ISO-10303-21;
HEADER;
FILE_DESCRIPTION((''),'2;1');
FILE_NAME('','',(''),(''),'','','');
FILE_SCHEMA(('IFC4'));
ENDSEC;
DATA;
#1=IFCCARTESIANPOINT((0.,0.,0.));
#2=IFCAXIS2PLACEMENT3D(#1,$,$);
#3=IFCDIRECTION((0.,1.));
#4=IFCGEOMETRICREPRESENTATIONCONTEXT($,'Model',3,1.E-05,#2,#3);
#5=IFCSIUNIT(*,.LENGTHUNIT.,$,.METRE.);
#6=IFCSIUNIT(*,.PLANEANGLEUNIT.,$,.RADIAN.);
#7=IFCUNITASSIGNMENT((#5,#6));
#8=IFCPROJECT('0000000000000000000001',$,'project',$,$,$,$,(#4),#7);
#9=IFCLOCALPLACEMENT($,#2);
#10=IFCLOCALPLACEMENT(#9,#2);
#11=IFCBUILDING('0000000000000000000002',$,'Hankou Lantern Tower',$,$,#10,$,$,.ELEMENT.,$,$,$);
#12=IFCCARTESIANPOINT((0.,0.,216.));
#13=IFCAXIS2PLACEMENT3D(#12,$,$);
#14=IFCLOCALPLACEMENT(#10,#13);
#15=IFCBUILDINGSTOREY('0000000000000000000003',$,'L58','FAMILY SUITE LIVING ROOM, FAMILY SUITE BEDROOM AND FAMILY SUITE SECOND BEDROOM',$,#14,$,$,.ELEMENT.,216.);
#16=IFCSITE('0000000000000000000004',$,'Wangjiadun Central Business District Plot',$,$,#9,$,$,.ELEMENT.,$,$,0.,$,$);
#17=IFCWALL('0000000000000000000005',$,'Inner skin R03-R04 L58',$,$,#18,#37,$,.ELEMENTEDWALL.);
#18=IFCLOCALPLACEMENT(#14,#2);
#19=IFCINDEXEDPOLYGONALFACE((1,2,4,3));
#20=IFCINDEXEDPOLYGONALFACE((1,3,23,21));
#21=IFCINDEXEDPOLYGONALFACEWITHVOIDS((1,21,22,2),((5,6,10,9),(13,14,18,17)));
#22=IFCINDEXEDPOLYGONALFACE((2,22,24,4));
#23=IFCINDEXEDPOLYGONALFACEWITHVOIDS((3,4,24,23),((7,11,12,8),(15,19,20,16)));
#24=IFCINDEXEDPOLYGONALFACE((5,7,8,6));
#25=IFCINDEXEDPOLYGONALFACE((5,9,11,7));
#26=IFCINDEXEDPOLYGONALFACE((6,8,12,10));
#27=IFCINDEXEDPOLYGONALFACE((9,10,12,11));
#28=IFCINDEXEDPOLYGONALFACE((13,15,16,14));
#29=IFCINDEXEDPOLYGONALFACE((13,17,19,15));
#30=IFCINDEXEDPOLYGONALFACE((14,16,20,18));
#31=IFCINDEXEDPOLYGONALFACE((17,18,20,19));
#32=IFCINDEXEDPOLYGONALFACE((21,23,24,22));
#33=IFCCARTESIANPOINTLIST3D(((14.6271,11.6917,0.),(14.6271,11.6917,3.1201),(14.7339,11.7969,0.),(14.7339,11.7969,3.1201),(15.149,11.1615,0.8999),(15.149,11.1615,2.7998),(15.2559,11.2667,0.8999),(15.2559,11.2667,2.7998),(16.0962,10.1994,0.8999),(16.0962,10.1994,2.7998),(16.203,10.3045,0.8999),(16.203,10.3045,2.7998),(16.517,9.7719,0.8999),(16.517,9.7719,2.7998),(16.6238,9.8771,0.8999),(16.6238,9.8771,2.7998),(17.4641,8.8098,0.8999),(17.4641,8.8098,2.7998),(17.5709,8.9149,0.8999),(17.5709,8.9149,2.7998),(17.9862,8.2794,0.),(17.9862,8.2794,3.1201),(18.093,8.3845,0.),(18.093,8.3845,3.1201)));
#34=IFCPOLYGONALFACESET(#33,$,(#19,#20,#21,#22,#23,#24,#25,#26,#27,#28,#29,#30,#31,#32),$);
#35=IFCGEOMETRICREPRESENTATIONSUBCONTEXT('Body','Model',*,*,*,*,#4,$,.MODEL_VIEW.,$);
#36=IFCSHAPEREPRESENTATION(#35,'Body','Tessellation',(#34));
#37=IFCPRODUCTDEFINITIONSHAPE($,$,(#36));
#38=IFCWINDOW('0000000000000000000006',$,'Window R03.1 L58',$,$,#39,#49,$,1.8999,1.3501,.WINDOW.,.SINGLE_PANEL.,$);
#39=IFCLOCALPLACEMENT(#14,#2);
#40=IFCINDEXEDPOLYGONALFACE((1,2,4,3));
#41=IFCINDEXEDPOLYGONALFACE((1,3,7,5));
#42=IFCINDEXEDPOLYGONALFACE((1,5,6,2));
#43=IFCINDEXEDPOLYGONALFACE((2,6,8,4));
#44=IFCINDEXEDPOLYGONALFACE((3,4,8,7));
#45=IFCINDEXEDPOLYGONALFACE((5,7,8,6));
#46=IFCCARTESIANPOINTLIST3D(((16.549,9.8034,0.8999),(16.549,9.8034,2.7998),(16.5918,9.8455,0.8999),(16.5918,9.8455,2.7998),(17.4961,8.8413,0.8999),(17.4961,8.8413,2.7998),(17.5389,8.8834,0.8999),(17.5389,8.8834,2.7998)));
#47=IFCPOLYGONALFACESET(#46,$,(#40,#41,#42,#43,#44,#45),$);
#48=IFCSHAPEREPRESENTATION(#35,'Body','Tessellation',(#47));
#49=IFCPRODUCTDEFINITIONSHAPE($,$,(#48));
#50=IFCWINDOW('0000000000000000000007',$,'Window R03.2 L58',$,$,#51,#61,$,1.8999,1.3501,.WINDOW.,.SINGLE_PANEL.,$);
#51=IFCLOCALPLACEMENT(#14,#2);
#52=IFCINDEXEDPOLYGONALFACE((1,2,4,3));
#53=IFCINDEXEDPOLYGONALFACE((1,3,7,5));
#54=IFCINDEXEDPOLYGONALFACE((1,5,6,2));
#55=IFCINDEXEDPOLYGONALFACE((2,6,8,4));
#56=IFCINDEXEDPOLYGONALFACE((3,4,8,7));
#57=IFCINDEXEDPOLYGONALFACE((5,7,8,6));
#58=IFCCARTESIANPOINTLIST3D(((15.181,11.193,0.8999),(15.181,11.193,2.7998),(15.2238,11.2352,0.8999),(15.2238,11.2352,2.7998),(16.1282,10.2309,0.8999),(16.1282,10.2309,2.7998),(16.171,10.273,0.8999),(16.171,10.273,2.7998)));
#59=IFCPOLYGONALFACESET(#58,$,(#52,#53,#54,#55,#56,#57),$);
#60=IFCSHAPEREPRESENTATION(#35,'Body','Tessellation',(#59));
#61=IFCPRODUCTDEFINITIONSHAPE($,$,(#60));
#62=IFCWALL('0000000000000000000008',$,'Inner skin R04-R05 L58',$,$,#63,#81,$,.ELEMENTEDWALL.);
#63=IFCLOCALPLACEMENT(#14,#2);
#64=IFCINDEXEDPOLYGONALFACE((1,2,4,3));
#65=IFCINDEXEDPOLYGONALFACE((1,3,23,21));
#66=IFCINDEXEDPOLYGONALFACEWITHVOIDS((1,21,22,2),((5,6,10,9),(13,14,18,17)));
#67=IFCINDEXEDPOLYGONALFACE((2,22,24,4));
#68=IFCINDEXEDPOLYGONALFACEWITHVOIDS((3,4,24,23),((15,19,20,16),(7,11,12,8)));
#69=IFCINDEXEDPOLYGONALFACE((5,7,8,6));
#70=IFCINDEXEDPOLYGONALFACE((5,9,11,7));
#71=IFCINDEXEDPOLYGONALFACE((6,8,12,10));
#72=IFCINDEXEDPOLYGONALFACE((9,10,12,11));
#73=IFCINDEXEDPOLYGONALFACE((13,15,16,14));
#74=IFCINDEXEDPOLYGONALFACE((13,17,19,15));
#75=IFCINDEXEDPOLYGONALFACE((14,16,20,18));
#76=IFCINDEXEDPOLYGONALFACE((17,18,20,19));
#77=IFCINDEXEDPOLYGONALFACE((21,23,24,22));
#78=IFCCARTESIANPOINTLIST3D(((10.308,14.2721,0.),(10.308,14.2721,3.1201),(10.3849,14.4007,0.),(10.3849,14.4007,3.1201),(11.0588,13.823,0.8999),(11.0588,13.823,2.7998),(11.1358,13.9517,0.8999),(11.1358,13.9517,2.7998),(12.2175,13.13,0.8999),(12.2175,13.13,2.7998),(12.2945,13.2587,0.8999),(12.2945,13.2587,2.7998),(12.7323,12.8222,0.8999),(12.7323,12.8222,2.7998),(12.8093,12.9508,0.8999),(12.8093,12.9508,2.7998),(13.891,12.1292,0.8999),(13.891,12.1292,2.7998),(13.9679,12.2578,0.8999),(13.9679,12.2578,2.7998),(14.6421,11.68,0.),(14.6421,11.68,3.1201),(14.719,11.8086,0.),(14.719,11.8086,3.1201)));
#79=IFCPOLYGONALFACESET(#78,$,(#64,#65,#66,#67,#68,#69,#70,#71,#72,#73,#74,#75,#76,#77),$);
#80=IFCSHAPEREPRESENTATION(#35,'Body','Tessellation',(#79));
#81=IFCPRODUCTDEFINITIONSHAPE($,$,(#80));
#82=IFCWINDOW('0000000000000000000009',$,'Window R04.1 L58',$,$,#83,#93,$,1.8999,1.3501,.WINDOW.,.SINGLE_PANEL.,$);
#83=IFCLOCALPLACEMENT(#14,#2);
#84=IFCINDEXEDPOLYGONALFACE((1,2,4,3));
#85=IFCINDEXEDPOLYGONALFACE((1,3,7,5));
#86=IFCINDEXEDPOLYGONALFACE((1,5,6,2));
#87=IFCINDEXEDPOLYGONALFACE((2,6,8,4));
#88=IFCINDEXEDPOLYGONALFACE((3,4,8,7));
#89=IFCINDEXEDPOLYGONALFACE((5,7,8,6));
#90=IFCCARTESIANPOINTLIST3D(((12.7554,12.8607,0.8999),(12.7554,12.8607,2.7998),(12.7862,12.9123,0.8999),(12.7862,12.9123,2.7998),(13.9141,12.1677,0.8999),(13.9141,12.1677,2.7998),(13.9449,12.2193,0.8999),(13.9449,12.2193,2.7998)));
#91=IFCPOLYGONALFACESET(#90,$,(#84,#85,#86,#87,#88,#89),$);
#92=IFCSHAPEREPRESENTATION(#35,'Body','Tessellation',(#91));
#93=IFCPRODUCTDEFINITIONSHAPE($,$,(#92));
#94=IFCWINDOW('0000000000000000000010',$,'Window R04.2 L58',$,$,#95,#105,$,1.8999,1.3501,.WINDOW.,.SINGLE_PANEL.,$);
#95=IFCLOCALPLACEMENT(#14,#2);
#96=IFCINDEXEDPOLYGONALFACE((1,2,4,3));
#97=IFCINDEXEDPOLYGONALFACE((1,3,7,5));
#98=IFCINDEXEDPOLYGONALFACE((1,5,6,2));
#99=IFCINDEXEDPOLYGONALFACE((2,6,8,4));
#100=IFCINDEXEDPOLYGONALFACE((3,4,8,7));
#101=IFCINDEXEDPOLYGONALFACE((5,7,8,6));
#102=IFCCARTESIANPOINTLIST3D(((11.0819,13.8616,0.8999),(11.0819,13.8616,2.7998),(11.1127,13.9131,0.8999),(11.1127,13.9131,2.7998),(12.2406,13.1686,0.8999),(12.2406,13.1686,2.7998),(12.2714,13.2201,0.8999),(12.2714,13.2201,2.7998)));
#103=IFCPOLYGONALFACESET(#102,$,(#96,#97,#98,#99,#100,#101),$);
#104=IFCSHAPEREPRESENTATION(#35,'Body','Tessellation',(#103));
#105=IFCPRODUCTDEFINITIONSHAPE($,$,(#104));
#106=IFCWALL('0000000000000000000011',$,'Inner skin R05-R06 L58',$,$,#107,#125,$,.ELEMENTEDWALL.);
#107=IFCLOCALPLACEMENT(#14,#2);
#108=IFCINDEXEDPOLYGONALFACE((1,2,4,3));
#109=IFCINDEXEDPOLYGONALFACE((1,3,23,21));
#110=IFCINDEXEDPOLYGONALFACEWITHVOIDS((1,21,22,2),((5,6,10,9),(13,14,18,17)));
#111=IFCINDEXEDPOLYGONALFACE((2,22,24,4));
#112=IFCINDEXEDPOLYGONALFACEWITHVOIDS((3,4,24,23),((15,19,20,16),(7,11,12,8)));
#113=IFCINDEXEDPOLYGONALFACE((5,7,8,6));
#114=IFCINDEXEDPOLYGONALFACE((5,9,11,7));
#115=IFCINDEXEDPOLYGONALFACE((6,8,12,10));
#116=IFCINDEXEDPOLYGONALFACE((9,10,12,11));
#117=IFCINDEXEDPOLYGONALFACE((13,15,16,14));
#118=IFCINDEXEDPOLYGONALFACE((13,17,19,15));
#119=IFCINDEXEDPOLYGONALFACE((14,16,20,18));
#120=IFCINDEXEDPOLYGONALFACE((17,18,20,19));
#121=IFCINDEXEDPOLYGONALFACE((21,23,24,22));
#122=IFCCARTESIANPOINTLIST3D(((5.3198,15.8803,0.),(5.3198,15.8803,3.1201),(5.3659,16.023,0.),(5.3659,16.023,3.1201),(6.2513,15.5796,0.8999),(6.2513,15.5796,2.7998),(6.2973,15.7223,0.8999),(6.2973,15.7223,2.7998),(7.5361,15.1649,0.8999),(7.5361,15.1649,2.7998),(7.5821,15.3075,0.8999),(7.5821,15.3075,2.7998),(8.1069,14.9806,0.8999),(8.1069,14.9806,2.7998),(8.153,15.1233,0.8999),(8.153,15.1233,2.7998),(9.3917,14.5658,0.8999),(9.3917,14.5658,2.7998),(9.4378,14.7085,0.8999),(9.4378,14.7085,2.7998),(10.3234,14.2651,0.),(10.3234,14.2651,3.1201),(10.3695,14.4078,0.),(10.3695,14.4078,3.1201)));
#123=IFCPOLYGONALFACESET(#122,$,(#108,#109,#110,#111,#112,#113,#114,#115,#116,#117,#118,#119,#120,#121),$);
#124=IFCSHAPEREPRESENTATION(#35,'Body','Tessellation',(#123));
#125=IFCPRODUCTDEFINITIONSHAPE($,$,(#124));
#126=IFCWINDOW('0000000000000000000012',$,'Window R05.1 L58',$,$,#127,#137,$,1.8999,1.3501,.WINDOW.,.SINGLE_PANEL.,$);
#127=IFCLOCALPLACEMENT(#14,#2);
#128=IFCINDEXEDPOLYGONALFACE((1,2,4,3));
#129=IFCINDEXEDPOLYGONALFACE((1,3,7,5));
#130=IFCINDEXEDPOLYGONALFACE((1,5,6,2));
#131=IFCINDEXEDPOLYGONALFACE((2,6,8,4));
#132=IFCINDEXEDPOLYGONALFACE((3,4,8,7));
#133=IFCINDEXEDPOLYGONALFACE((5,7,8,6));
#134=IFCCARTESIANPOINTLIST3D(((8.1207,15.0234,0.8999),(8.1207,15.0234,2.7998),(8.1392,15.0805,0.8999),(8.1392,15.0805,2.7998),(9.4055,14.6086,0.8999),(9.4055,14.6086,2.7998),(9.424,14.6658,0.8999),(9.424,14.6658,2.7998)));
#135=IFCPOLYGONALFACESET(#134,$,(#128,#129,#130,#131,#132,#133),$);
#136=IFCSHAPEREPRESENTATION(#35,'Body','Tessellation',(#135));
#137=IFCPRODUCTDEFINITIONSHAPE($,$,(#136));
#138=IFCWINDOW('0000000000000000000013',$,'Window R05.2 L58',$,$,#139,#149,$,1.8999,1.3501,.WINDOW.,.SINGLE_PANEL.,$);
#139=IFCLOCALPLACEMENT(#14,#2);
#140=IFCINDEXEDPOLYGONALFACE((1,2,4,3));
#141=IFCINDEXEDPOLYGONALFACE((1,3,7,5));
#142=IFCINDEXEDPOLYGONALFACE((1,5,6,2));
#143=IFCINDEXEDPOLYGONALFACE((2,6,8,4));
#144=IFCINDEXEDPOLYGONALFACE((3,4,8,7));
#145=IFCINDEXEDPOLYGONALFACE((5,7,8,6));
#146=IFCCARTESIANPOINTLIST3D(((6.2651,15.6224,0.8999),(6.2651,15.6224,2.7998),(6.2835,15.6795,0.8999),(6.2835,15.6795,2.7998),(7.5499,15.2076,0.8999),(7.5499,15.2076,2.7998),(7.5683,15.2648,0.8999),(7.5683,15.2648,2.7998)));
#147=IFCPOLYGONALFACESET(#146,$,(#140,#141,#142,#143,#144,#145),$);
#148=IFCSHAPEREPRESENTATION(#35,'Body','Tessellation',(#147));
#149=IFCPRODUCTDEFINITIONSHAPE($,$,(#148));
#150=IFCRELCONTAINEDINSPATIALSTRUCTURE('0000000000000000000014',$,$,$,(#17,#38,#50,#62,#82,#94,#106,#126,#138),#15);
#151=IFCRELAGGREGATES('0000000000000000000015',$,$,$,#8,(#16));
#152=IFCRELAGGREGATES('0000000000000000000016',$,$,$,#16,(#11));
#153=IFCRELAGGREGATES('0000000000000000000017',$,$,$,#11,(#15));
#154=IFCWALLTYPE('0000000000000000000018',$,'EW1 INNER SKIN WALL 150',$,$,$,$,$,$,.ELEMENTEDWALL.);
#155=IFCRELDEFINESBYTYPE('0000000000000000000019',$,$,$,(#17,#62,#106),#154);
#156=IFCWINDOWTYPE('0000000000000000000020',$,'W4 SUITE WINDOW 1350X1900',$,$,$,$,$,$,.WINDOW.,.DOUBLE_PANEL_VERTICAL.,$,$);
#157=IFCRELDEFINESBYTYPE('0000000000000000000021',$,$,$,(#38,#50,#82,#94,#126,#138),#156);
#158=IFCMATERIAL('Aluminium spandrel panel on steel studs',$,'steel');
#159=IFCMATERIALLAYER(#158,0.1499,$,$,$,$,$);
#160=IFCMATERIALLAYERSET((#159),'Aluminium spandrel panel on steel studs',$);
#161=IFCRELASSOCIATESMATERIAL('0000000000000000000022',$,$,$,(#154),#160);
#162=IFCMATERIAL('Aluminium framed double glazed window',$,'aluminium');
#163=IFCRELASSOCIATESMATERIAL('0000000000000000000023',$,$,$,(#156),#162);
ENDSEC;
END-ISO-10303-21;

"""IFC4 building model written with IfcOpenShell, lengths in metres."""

from ifc_helpers import new_model, si_unit, direction, frame, frame_2d, origin, place, context, subcontext, project, spatial, rectangle, extrude, material, layer, layer_set, type_object, element, fill, save


model = new_model("IFC4")

# Units and contexts
model_context = context("Model", 3, precision=1e-05, world=origin(), true_north=direction((0.0, 1.0)))
body_context = subcontext(model_context, "Body", "Model", "MODEL_VIEW")
ifc_project = project(units=[si_unit("LENGTHUNIT", "METRE"), si_unit("PLANEANGLEUNIT", "RADIAN")], contexts=[model_context])

# Site, building, storey
site_placement = place(None, origin())
site = spatial("IfcSite", under=ifc_project, at=site_placement, Name="Wangjiadun Central Business District Plot", CompositionType="ELEMENT", RefElevation=0.0)
building_placement = place(site_placement, origin())
building = spatial("IfcBuilding", under=site, at=building_placement, Name="Hankou Lantern Tower", CompositionType="ELEMENT")
storey_placement = place(building_placement, frame((0.0, 0.0, 216.0)))
storey = spatial("IfcBuildingStorey", under=building, at=storey_placement, Name="L58", Description="FAMILY SUITE LIVING ROOM, FAMILY SUITE BEDROOM AND FAMILY SUITE SECOND BEDROOM", CompositionType="ELEMENT", Elevation=216.0)

# Walls, openings, windows
ifc_material_1 = material(Name="Aluminium spandrel panel on steel studs", Category="steel")
ifc_layer_1 = layer(ifc_material_1, 0.1499)
ifc_layer_set_1 = layer_set([ifc_layer_1], Name="Aluminium spandrel panel on steel studs")
wall_type_1 = type_object("IfcWallType", Name="EW1 INNER SKIN WALL 150", PredefinedType="ELEMENTEDWALL", material=ifc_layer_set_1)
wall_1_placement = place(storey_placement, frame((18.0396, 8.332, 0.0), z_axis=(0.0, 0.0, 1.0), x_axis=(-0.701527, 0.712643, 0.0)))
wall_1 = element("IfcWall", 1, at=wall_1_placement, inside=storey, type_object=wall_type_1, Name="Inner skin R03-R04 L58", PredefinedType="ELEMENTEDWALL", context=body_context, shape_type="SweptSolid", body=[
    extrude(rectangle(XDim=4.7883, YDim=0.1499, at=frame_2d((2.394, 0.0))), origin(), (0.0, 0.0, 1.0), 3.1201),
])
opening_1_placement = place(wall_1_placement, frame((0.7441, 0.0, 0.8999)))
opening_1 = element("IfcOpeningElement", 2, at=opening_1_placement, cuts=wall_1, PredefinedType="OPENING", context=body_context, shape_type="SweptSolid", body=[
    extrude(rectangle(XDim=1.3501, YDim=1.8999, at=frame_2d((0.675, 0.95))), frame((0.0, 0.085, 0.0), z_axis=(0.0, -1.0, 0.0), x_axis=(1.0, 0.0, 0.0)), (0.0, 0.0, 1.0), 0.1699),
])
opening_2_placement = place(wall_1_placement, frame((2.6941, 0.0, 0.8999)))
opening_2 = element("IfcOpeningElement", 3, at=opening_2_placement, cuts=wall_1, PredefinedType="OPENING", context=body_context, shape_type="SweptSolid", body=[
    extrude(rectangle(XDim=1.3501, YDim=1.8999, at=frame_2d((0.675, 0.95))), frame((0.0, 0.085, 0.0), z_axis=(0.0, -1.0, 0.0), x_axis=(1.0, 0.0, 0.0)), (0.0, 0.0, 1.0), 0.1699),
])
ifc_material_2 = material(Name="Aluminium framed double glazed window", Category="aluminium")
window_type = type_object("IfcWindowType", Name="W4 SUITE WINDOW 1350X1900", PartitioningType="DOUBLE_PANEL_VERTICAL", PredefinedType="WINDOW", material=ifc_material_2)
window_1_placement = place(opening_1_placement, origin())
window_1 = element("IfcWindow", 4, at=window_1_placement, inside=storey, type_object=window_type, Name="Window R03.1 L58", OverallHeight=1.8999, OverallWidth=1.3501, PartitioningType="SINGLE_PANEL", PredefinedType="WINDOW", context=body_context, shape_type="SweptSolid", body=[
    extrude(rectangle(XDim=1.3501, YDim=1.8999, at=frame_2d((0.675, 0.95))), frame((0.0, 0.03, 0.0), z_axis=(0.0, -1.0, 0.0), x_axis=(1.0, 0.0, 0.0)), (0.0, 0.0, 1.0), 0.0601),
])
fill(opening_1, window_1)
window_2_placement = place(opening_2_placement, origin())
window_2 = element("IfcWindow", 5, at=window_2_placement, inside=storey, type_object=window_type, Name="Window R03.2 L58", OverallHeight=1.8999, OverallWidth=1.3501, PartitioningType="SINGLE_PANEL", PredefinedType="WINDOW", context=body_context, shape_type="SweptSolid", body=[
    extrude(rectangle(XDim=1.3501, YDim=1.8999, at=frame_2d((0.675, 0.95))), frame((0.0, 0.03, 0.0), z_axis=(0.0, -1.0, 0.0), x_axis=(1.0, 0.0, 0.0)), (0.0, 0.0, 1.0), 0.0601),
])
fill(opening_2, window_2)
wall_2_placement = place(storey_placement, frame((14.6804, 11.7444, 0.0), z_axis=(0.0, 0.0, 1.0), x_axis=(-0.858222, 0.51328, 0.0)))
wall_2 = element("IfcWall", 6, at=wall_2_placement, inside=storey, type_object=wall_type_1, Name="Inner skin R04-R05 L58", PredefinedType="ELEMENTEDWALL", context=body_context, shape_type="SweptSolid", body=[
    extrude(rectangle(XDim=5.05, YDim=0.1499, at=frame_2d((2.5249, 0.0))), origin(), (0.0, 0.0, 1.0), 3.1201),
])
opening_3_placement = place(wall_2_placement, frame((0.875, 0.0, 0.8999)))
opening_3 = element("IfcOpeningElement", 7, at=opening_3_placement, cuts=wall_2, PredefinedType="OPENING", context=body_context, shape_type="SweptSolid", body=[
    extrude(rectangle(XDim=1.3501, YDim=1.8999, at=frame_2d((0.675, 0.95))), frame((0.0, 0.085, 0.0), z_axis=(0.0, -1.0, 0.0), x_axis=(1.0, 0.0, 0.0)), (0.0, 0.0, 1.0), 0.1699),
])
opening_4_placement = place(wall_2_placement, frame((2.825, 0.0, 0.8999)))
opening_4 = element("IfcOpeningElement", 8, at=opening_4_placement, cuts=wall_2, PredefinedType="OPENING", context=body_context, shape_type="SweptSolid", body=[
    extrude(rectangle(XDim=1.3501, YDim=1.8999, at=frame_2d((0.675, 0.95))), frame((0.0, 0.085, 0.0), z_axis=(0.0, -1.0, 0.0), x_axis=(1.0, 0.0, 0.0)), (0.0, 0.0, 1.0), 0.1699),
])
window_3_placement = place(opening_3_placement, origin())
window_3 = element("IfcWindow", 9, at=window_3_placement, inside=storey, type_object=window_type, Name="Window R04.1 L58", OverallHeight=1.8999, OverallWidth=1.3501, PartitioningType="SINGLE_PANEL", PredefinedType="WINDOW", context=body_context, shape_type="SweptSolid", body=[
    extrude(rectangle(XDim=1.3501, YDim=1.8999, at=frame_2d((0.675, 0.95))), frame((0.0, 0.03, 0.0), z_axis=(0.0, -1.0, 0.0), x_axis=(1.0, 0.0, 0.0)), (0.0, 0.0, 1.0), 0.0601),
])
fill(opening_3, window_3)
window_4_placement = place(opening_4_placement, origin())
window_4 = element("IfcWindow", 10, at=window_4_placement, inside=storey, type_object=window_type, Name="Window R04.2 L58", OverallHeight=1.8999, OverallWidth=1.3501, PartitioningType="SINGLE_PANEL", PredefinedType="WINDOW", context=body_context, shape_type="SweptSolid", body=[
    extrude(rectangle(XDim=1.3501, YDim=1.8999, at=frame_2d((0.675, 0.95))), frame((0.0, 0.03, 0.0), z_axis=(0.0, -1.0, 0.0), x_axis=(1.0, 0.0, 0.0)), (0.0, 0.0, 1.0), 0.0601),
])
fill(opening_4, window_4)
wall_3_placement = place(storey_placement, frame((10.3464, 14.3364, 0.0), z_axis=(0.0, 0.0, 1.0), x_axis=(-0.951645, 0.307201, 0.0)))
wall_3 = element("IfcWall", 11, at=wall_3_placement, inside=storey, type_object=wall_type_1, Name="Inner skin R05-R06 L58", PredefinedType="ELEMENTEDWALL", context=body_context, shape_type="SweptSolid", body=[
    extrude(rectangle(XDim=5.2578, YDim=0.1499, at=frame_2d((2.6289, 0.0))), origin(), (0.0, 0.0, 1.0), 3.1201),
])
opening_5_placement = place(wall_3_placement, frame((0.979, 0.0, 0.8999)))
opening_5 = element("IfcOpeningElement", 12, at=opening_5_placement, cuts=wall_3, PredefinedType="OPENING", context=body_context, shape_type="SweptSolid", body=[
    extrude(rectangle(XDim=1.3501, YDim=1.8999, at=frame_2d((0.675, 0.95))), frame((0.0, 0.085, 0.0), z_axis=(0.0, -1.0, 0.0), x_axis=(1.0, 0.0, 0.0)), (0.0, 0.0, 1.0), 0.1699),
])
opening_6_placement = place(wall_3_placement, frame((2.929, 0.0, 0.8999)))
opening_6 = element("IfcOpeningElement", 13, at=opening_6_placement, cuts=wall_3, PredefinedType="OPENING", context=body_context, shape_type="SweptSolid", body=[
    extrude(rectangle(XDim=1.3501, YDim=1.8999, at=frame_2d((0.675, 0.95))), frame((0.0, 0.085, 0.0), z_axis=(0.0, -1.0, 0.0), x_axis=(1.0, 0.0, 0.0)), (0.0, 0.0, 1.0), 0.1699),
])
window_5_placement = place(opening_5_placement, origin())
window_5 = element("IfcWindow", 14, at=window_5_placement, inside=storey, type_object=window_type, Name="Window R05.1 L58", OverallHeight=1.8999, OverallWidth=1.3501, PartitioningType="SINGLE_PANEL", PredefinedType="WINDOW", context=body_context, shape_type="SweptSolid", body=[
    extrude(rectangle(XDim=1.3501, YDim=1.8999, at=frame_2d((0.675, 0.95))), frame((0.0, 0.03, 0.0), z_axis=(0.0, -1.0, 0.0), x_axis=(1.0, 0.0, 0.0)), (0.0, 0.0, 1.0), 0.0601),
])
fill(opening_5, window_5)
window_6_placement = place(opening_6_placement, origin())
window_6 = element("IfcWindow", 15, at=window_6_placement, inside=storey, type_object=window_type, Name="Window R05.2 L58", OverallHeight=1.8999, OverallWidth=1.3501, PartitioningType="SINGLE_PANEL", PredefinedType="WINDOW", context=body_context, shape_type="SweptSolid", body=[
    extrude(rectangle(XDim=1.3501, YDim=1.8999, at=frame_2d((0.675, 0.95))), frame((0.0, 0.03, 0.0), z_axis=(0.0, -1.0, 0.0), x_axis=(1.0, 0.0, 0.0)), (0.0, 0.0, 1.0), 0.0601),
])
fill(opening_6, window_6)

save(model, "model.ifc")
